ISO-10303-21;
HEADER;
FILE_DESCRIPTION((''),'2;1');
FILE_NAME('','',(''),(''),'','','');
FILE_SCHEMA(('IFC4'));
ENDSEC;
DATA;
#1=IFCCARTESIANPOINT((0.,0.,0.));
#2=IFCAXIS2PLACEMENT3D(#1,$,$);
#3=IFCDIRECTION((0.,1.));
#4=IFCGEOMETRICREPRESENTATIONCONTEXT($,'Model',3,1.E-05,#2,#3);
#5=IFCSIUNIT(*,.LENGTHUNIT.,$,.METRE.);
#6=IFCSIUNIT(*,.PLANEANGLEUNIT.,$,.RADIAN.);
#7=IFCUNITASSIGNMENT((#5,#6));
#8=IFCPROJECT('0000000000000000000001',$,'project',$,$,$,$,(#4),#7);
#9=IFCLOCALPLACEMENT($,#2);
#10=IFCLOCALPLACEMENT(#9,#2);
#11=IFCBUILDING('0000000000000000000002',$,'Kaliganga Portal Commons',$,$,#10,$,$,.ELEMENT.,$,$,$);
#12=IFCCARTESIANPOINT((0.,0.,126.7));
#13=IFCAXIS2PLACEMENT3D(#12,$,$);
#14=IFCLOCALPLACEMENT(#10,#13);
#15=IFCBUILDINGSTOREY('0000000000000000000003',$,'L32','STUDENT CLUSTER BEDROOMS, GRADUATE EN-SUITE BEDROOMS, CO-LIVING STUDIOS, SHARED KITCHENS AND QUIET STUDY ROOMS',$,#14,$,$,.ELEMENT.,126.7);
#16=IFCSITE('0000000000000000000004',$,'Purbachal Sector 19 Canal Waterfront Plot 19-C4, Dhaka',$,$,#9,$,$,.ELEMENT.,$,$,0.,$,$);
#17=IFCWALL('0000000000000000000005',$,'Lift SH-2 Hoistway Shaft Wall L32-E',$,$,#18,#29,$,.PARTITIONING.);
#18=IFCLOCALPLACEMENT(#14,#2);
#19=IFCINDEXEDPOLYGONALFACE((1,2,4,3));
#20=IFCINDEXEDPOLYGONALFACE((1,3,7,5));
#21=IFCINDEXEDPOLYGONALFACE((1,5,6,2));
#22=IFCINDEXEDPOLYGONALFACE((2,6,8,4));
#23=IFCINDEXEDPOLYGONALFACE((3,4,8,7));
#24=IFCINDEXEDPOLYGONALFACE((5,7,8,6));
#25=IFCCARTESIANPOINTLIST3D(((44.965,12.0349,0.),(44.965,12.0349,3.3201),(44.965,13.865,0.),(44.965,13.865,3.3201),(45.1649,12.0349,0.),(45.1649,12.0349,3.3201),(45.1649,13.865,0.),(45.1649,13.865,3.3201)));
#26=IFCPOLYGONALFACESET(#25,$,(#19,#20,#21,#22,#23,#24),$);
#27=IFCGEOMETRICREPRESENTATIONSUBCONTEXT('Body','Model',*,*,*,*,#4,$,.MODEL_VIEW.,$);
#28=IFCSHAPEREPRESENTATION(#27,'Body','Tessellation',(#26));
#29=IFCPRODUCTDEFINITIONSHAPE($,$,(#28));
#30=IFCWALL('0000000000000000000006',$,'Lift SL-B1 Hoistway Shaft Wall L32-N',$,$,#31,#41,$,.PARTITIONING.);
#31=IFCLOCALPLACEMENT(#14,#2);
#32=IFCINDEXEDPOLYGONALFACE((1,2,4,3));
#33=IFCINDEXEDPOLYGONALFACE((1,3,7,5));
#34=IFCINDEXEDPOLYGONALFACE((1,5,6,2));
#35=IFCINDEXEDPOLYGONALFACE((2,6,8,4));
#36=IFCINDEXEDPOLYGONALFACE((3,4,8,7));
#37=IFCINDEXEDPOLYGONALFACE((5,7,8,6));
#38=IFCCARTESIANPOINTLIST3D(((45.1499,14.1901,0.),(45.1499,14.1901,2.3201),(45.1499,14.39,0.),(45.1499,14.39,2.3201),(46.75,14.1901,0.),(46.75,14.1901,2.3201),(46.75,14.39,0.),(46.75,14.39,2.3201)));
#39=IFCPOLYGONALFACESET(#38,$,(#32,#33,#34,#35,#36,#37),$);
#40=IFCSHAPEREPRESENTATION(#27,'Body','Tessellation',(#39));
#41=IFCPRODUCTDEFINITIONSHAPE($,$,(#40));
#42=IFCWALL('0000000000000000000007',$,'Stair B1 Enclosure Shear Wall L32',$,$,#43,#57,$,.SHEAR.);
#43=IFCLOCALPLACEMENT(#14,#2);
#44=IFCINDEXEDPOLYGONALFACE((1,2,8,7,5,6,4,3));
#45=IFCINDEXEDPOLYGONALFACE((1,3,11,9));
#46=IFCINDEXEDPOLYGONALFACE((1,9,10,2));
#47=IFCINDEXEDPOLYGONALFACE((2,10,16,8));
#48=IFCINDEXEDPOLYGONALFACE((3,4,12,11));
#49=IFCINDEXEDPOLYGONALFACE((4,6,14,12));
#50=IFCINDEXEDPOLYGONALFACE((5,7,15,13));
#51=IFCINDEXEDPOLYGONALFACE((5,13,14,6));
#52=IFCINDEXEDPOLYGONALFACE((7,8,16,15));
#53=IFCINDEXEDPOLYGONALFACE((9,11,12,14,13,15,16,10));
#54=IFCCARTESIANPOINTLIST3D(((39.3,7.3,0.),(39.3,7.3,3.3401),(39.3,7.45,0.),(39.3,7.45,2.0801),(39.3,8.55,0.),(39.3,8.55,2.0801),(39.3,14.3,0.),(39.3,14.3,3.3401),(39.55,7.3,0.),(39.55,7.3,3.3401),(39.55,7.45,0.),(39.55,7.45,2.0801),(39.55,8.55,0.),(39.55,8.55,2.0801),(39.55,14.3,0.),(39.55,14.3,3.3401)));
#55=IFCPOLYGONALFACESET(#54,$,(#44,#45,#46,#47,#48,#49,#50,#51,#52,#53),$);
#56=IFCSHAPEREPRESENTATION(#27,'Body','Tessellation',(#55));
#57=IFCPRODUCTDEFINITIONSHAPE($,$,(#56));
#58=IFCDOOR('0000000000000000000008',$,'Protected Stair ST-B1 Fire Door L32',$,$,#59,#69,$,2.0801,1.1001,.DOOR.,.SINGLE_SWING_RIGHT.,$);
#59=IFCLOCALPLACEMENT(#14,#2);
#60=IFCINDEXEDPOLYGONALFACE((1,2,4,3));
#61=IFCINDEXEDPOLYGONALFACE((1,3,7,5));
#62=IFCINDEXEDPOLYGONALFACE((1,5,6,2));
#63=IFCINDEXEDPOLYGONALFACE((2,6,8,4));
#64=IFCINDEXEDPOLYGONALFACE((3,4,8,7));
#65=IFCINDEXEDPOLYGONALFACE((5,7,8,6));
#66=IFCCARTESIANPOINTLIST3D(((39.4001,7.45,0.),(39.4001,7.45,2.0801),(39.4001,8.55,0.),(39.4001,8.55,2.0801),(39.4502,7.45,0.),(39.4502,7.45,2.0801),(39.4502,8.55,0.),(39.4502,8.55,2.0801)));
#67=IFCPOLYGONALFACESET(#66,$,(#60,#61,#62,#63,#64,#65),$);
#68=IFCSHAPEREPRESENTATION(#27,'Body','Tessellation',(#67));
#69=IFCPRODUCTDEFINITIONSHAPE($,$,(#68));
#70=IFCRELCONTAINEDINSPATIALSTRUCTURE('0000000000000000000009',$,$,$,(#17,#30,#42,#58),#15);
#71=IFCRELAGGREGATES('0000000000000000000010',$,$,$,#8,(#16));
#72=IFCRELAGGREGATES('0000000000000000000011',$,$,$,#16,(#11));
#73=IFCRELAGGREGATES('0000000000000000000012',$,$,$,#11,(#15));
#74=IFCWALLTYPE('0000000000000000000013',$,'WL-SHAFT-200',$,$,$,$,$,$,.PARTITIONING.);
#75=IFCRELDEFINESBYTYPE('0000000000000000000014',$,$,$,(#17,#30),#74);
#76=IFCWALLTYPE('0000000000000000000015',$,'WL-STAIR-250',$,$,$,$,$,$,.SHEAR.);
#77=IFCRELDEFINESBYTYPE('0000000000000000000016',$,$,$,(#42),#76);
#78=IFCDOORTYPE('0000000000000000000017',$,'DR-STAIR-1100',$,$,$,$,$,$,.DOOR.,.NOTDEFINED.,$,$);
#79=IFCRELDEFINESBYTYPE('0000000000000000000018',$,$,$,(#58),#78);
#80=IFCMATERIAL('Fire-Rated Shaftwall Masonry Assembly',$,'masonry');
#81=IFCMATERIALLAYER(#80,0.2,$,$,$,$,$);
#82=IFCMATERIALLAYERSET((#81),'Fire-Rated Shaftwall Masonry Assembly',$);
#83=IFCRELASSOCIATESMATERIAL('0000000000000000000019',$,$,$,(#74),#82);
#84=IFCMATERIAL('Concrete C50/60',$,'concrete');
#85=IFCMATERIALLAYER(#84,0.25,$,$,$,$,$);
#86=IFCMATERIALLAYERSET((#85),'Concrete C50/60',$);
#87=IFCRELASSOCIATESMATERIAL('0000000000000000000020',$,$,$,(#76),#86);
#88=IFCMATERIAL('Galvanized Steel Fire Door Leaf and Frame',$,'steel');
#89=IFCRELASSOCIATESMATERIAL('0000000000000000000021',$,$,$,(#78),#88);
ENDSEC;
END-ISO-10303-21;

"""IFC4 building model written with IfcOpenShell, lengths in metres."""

from ifc_helpers import new_model, si_unit, direction, frame, frame_2d, origin, place, context, subcontext, project, spatial, rectangle, extrude, material, layer, layer_set, type_object, element, fill, save


model = new_model("IFC4")

# Units and contexts
model_context = context("Model", 3, precision=1e-05, world=origin(), true_north=direction((0.0, 1.0)))
body_context = subcontext(model_context, "Body", "Model", "MODEL_VIEW")
ifc_project = project(units=[si_unit("LENGTHUNIT", "METRE"), si_unit("PLANEANGLEUNIT", "RADIAN")], contexts=[model_context])

# Site, building, storey
site_placement = place(None, origin())
site = spatial("IfcSite", under=ifc_project, at=site_placement, Name="Purbachal Sector 19 Canal Waterfront Plot 19-C4, Dhaka", CompositionType="ELEMENT", RefElevation=0.0)
building_placement = place(site_placement, origin())
building = spatial("IfcBuilding", under=site, at=building_placement, Name="Kaliganga Portal Commons", CompositionType="ELEMENT")
storey_placement = place(building_placement, frame((0.0, 0.0, 126.7)))
storey = spatial("IfcBuildingStorey", under=building, at=storey_placement, Name="L32", Description="STUDENT CLUSTER BEDROOMS, GRADUATE EN-SUITE BEDROOMS, CO-LIVING STUDIOS, SHARED KITCHENS AND QUIET STUDY ROOMS", CompositionType="ELEMENT", Elevation=126.7)

# Shared definitions
ifc_material_1 = material(Name="Concrete C50/60", Category="concrete")

# Shared definitions
ifc_material_2 = material(Name="Fire-Rated Shaftwall Masonry Assembly", Category="masonry")
ifc_layer_1 = layer(ifc_material_2, 0.2)
ifc_layer_set_1 = layer_set([ifc_layer_1], Name="Fire-Rated Shaftwall Masonry Assembly")
wall_type_1 = type_object("IfcWallType", Name="WL-SHAFT-200", PredefinedType="PARTITIONING", material=ifc_layer_set_1)

# Wall
wall_1_placement = place(storey_placement, frame((45.0649, 12.0349, 0.0), z_axis=(0.0, 0.0, 1.0), x_axis=(0.0, 1.0, 0.0)))
element("IfcWall", 1, at=wall_1_placement, inside=storey, type_object=wall_type_1, Name="Lift SH-2 Hoistway Shaft Wall L32-E", PredefinedType="PARTITIONING", context=body_context, shape_type="SweptSolid", body=[
    extrude(rectangle(XDim=1.8301, YDim=0.2, at=frame_2d((0.915, 0.0))), origin(), (0.0, 0.0, 1.0), 3.3201),
])

# Wall
wall_2_placement = place(storey_placement, frame((45.1499, 14.29, 0.0), z_axis=(0.0, 0.0, 1.0), x_axis=(1.0, 0.0, 0.0)))
element("IfcWall", 2, at=wall_2_placement, inside=storey, type_object=wall_type_1, Name="Lift SL-B1 Hoistway Shaft Wall L32-N", PredefinedType="PARTITIONING", context=body_context, shape_type="SweptSolid", body=[
    extrude(rectangle(XDim=1.6001, YDim=0.2, at=frame_2d((0.8, 0.0))), origin(), (0.0, 0.0, 1.0), 2.3201),
])

# Wall, opening, door
ifc_layer_2 = layer(ifc_material_1, 0.25)
ifc_layer_set_2 = layer_set([ifc_layer_2], Name="Concrete C50/60")
wall_type_2 = type_object("IfcWallType", Name="WL-STAIR-250", PredefinedType="SHEAR", material=ifc_layer_set_2)
wall_3_placement = place(storey_placement, frame((39.425, 7.3, 0.0), z_axis=(0.0, 0.0, 1.0), x_axis=(0.0, 1.0, 0.0)))
wall_3 = element("IfcWall", 3, at=wall_3_placement, inside=storey, type_object=wall_type_2, Name="Stair B1 Enclosure Shear Wall L32", PredefinedType="SHEAR", context=body_context, shape_type="SweptSolid", body=[
    extrude(rectangle(XDim=7.0, YDim=0.25, at=frame_2d((3.5, 0.0))), origin(), (0.0, 0.0, 1.0), 3.3401),
])
opening_1_placement = place(wall_3_placement, frame((0.1499, 0.0, 0.0)))
opening_1 = element("IfcOpeningElement", 4, at=opening_1_placement, cuts=wall_3, PredefinedType="OPENING", context=body_context, shape_type="SweptSolid", body=[
    extrude(rectangle(XDim=1.1001, YDim=2.0801, at=frame_2d((0.55, 1.04))), frame((0.0, 0.135, 0.0), z_axis=(0.0, -1.0, 0.0), x_axis=(1.0, 0.0, 0.0)), (0.0, 0.0, 1.0), 0.27),
])
ifc_material_3 = material(Name="Galvanized Steel Fire Door Leaf and Frame", Category="steel")
door_type_1 = type_object("IfcDoorType", Name="DR-STAIR-1100", OperationType="NOTDEFINED", PredefinedType="DOOR", material=ifc_material_3)
door_1_placement = place(opening_1_placement, origin())
door_1 = element("IfcDoor", 5, at=door_1_placement, inside=storey, type_object=door_type_1, Name="Protected Stair ST-B1 Fire Door L32", OperationType="SINGLE_SWING_RIGHT", OverallHeight=2.0801, OverallWidth=1.1001, PredefinedType="DOOR", context=body_context, shape_type="SweptSolid", body=[
    extrude(rectangle(XDim=1.1001, YDim=2.0801, at=frame_2d((0.55, 1.04))), frame((0.0, 0.0249, 0.0), z_axis=(0.0, -1.0, 0.0), x_axis=(1.0, 0.0, 0.0)), (0.0, 0.0, 1.0), 0.05),
])
fill(opening_1, door_1)

save(model, "model.ifc")
